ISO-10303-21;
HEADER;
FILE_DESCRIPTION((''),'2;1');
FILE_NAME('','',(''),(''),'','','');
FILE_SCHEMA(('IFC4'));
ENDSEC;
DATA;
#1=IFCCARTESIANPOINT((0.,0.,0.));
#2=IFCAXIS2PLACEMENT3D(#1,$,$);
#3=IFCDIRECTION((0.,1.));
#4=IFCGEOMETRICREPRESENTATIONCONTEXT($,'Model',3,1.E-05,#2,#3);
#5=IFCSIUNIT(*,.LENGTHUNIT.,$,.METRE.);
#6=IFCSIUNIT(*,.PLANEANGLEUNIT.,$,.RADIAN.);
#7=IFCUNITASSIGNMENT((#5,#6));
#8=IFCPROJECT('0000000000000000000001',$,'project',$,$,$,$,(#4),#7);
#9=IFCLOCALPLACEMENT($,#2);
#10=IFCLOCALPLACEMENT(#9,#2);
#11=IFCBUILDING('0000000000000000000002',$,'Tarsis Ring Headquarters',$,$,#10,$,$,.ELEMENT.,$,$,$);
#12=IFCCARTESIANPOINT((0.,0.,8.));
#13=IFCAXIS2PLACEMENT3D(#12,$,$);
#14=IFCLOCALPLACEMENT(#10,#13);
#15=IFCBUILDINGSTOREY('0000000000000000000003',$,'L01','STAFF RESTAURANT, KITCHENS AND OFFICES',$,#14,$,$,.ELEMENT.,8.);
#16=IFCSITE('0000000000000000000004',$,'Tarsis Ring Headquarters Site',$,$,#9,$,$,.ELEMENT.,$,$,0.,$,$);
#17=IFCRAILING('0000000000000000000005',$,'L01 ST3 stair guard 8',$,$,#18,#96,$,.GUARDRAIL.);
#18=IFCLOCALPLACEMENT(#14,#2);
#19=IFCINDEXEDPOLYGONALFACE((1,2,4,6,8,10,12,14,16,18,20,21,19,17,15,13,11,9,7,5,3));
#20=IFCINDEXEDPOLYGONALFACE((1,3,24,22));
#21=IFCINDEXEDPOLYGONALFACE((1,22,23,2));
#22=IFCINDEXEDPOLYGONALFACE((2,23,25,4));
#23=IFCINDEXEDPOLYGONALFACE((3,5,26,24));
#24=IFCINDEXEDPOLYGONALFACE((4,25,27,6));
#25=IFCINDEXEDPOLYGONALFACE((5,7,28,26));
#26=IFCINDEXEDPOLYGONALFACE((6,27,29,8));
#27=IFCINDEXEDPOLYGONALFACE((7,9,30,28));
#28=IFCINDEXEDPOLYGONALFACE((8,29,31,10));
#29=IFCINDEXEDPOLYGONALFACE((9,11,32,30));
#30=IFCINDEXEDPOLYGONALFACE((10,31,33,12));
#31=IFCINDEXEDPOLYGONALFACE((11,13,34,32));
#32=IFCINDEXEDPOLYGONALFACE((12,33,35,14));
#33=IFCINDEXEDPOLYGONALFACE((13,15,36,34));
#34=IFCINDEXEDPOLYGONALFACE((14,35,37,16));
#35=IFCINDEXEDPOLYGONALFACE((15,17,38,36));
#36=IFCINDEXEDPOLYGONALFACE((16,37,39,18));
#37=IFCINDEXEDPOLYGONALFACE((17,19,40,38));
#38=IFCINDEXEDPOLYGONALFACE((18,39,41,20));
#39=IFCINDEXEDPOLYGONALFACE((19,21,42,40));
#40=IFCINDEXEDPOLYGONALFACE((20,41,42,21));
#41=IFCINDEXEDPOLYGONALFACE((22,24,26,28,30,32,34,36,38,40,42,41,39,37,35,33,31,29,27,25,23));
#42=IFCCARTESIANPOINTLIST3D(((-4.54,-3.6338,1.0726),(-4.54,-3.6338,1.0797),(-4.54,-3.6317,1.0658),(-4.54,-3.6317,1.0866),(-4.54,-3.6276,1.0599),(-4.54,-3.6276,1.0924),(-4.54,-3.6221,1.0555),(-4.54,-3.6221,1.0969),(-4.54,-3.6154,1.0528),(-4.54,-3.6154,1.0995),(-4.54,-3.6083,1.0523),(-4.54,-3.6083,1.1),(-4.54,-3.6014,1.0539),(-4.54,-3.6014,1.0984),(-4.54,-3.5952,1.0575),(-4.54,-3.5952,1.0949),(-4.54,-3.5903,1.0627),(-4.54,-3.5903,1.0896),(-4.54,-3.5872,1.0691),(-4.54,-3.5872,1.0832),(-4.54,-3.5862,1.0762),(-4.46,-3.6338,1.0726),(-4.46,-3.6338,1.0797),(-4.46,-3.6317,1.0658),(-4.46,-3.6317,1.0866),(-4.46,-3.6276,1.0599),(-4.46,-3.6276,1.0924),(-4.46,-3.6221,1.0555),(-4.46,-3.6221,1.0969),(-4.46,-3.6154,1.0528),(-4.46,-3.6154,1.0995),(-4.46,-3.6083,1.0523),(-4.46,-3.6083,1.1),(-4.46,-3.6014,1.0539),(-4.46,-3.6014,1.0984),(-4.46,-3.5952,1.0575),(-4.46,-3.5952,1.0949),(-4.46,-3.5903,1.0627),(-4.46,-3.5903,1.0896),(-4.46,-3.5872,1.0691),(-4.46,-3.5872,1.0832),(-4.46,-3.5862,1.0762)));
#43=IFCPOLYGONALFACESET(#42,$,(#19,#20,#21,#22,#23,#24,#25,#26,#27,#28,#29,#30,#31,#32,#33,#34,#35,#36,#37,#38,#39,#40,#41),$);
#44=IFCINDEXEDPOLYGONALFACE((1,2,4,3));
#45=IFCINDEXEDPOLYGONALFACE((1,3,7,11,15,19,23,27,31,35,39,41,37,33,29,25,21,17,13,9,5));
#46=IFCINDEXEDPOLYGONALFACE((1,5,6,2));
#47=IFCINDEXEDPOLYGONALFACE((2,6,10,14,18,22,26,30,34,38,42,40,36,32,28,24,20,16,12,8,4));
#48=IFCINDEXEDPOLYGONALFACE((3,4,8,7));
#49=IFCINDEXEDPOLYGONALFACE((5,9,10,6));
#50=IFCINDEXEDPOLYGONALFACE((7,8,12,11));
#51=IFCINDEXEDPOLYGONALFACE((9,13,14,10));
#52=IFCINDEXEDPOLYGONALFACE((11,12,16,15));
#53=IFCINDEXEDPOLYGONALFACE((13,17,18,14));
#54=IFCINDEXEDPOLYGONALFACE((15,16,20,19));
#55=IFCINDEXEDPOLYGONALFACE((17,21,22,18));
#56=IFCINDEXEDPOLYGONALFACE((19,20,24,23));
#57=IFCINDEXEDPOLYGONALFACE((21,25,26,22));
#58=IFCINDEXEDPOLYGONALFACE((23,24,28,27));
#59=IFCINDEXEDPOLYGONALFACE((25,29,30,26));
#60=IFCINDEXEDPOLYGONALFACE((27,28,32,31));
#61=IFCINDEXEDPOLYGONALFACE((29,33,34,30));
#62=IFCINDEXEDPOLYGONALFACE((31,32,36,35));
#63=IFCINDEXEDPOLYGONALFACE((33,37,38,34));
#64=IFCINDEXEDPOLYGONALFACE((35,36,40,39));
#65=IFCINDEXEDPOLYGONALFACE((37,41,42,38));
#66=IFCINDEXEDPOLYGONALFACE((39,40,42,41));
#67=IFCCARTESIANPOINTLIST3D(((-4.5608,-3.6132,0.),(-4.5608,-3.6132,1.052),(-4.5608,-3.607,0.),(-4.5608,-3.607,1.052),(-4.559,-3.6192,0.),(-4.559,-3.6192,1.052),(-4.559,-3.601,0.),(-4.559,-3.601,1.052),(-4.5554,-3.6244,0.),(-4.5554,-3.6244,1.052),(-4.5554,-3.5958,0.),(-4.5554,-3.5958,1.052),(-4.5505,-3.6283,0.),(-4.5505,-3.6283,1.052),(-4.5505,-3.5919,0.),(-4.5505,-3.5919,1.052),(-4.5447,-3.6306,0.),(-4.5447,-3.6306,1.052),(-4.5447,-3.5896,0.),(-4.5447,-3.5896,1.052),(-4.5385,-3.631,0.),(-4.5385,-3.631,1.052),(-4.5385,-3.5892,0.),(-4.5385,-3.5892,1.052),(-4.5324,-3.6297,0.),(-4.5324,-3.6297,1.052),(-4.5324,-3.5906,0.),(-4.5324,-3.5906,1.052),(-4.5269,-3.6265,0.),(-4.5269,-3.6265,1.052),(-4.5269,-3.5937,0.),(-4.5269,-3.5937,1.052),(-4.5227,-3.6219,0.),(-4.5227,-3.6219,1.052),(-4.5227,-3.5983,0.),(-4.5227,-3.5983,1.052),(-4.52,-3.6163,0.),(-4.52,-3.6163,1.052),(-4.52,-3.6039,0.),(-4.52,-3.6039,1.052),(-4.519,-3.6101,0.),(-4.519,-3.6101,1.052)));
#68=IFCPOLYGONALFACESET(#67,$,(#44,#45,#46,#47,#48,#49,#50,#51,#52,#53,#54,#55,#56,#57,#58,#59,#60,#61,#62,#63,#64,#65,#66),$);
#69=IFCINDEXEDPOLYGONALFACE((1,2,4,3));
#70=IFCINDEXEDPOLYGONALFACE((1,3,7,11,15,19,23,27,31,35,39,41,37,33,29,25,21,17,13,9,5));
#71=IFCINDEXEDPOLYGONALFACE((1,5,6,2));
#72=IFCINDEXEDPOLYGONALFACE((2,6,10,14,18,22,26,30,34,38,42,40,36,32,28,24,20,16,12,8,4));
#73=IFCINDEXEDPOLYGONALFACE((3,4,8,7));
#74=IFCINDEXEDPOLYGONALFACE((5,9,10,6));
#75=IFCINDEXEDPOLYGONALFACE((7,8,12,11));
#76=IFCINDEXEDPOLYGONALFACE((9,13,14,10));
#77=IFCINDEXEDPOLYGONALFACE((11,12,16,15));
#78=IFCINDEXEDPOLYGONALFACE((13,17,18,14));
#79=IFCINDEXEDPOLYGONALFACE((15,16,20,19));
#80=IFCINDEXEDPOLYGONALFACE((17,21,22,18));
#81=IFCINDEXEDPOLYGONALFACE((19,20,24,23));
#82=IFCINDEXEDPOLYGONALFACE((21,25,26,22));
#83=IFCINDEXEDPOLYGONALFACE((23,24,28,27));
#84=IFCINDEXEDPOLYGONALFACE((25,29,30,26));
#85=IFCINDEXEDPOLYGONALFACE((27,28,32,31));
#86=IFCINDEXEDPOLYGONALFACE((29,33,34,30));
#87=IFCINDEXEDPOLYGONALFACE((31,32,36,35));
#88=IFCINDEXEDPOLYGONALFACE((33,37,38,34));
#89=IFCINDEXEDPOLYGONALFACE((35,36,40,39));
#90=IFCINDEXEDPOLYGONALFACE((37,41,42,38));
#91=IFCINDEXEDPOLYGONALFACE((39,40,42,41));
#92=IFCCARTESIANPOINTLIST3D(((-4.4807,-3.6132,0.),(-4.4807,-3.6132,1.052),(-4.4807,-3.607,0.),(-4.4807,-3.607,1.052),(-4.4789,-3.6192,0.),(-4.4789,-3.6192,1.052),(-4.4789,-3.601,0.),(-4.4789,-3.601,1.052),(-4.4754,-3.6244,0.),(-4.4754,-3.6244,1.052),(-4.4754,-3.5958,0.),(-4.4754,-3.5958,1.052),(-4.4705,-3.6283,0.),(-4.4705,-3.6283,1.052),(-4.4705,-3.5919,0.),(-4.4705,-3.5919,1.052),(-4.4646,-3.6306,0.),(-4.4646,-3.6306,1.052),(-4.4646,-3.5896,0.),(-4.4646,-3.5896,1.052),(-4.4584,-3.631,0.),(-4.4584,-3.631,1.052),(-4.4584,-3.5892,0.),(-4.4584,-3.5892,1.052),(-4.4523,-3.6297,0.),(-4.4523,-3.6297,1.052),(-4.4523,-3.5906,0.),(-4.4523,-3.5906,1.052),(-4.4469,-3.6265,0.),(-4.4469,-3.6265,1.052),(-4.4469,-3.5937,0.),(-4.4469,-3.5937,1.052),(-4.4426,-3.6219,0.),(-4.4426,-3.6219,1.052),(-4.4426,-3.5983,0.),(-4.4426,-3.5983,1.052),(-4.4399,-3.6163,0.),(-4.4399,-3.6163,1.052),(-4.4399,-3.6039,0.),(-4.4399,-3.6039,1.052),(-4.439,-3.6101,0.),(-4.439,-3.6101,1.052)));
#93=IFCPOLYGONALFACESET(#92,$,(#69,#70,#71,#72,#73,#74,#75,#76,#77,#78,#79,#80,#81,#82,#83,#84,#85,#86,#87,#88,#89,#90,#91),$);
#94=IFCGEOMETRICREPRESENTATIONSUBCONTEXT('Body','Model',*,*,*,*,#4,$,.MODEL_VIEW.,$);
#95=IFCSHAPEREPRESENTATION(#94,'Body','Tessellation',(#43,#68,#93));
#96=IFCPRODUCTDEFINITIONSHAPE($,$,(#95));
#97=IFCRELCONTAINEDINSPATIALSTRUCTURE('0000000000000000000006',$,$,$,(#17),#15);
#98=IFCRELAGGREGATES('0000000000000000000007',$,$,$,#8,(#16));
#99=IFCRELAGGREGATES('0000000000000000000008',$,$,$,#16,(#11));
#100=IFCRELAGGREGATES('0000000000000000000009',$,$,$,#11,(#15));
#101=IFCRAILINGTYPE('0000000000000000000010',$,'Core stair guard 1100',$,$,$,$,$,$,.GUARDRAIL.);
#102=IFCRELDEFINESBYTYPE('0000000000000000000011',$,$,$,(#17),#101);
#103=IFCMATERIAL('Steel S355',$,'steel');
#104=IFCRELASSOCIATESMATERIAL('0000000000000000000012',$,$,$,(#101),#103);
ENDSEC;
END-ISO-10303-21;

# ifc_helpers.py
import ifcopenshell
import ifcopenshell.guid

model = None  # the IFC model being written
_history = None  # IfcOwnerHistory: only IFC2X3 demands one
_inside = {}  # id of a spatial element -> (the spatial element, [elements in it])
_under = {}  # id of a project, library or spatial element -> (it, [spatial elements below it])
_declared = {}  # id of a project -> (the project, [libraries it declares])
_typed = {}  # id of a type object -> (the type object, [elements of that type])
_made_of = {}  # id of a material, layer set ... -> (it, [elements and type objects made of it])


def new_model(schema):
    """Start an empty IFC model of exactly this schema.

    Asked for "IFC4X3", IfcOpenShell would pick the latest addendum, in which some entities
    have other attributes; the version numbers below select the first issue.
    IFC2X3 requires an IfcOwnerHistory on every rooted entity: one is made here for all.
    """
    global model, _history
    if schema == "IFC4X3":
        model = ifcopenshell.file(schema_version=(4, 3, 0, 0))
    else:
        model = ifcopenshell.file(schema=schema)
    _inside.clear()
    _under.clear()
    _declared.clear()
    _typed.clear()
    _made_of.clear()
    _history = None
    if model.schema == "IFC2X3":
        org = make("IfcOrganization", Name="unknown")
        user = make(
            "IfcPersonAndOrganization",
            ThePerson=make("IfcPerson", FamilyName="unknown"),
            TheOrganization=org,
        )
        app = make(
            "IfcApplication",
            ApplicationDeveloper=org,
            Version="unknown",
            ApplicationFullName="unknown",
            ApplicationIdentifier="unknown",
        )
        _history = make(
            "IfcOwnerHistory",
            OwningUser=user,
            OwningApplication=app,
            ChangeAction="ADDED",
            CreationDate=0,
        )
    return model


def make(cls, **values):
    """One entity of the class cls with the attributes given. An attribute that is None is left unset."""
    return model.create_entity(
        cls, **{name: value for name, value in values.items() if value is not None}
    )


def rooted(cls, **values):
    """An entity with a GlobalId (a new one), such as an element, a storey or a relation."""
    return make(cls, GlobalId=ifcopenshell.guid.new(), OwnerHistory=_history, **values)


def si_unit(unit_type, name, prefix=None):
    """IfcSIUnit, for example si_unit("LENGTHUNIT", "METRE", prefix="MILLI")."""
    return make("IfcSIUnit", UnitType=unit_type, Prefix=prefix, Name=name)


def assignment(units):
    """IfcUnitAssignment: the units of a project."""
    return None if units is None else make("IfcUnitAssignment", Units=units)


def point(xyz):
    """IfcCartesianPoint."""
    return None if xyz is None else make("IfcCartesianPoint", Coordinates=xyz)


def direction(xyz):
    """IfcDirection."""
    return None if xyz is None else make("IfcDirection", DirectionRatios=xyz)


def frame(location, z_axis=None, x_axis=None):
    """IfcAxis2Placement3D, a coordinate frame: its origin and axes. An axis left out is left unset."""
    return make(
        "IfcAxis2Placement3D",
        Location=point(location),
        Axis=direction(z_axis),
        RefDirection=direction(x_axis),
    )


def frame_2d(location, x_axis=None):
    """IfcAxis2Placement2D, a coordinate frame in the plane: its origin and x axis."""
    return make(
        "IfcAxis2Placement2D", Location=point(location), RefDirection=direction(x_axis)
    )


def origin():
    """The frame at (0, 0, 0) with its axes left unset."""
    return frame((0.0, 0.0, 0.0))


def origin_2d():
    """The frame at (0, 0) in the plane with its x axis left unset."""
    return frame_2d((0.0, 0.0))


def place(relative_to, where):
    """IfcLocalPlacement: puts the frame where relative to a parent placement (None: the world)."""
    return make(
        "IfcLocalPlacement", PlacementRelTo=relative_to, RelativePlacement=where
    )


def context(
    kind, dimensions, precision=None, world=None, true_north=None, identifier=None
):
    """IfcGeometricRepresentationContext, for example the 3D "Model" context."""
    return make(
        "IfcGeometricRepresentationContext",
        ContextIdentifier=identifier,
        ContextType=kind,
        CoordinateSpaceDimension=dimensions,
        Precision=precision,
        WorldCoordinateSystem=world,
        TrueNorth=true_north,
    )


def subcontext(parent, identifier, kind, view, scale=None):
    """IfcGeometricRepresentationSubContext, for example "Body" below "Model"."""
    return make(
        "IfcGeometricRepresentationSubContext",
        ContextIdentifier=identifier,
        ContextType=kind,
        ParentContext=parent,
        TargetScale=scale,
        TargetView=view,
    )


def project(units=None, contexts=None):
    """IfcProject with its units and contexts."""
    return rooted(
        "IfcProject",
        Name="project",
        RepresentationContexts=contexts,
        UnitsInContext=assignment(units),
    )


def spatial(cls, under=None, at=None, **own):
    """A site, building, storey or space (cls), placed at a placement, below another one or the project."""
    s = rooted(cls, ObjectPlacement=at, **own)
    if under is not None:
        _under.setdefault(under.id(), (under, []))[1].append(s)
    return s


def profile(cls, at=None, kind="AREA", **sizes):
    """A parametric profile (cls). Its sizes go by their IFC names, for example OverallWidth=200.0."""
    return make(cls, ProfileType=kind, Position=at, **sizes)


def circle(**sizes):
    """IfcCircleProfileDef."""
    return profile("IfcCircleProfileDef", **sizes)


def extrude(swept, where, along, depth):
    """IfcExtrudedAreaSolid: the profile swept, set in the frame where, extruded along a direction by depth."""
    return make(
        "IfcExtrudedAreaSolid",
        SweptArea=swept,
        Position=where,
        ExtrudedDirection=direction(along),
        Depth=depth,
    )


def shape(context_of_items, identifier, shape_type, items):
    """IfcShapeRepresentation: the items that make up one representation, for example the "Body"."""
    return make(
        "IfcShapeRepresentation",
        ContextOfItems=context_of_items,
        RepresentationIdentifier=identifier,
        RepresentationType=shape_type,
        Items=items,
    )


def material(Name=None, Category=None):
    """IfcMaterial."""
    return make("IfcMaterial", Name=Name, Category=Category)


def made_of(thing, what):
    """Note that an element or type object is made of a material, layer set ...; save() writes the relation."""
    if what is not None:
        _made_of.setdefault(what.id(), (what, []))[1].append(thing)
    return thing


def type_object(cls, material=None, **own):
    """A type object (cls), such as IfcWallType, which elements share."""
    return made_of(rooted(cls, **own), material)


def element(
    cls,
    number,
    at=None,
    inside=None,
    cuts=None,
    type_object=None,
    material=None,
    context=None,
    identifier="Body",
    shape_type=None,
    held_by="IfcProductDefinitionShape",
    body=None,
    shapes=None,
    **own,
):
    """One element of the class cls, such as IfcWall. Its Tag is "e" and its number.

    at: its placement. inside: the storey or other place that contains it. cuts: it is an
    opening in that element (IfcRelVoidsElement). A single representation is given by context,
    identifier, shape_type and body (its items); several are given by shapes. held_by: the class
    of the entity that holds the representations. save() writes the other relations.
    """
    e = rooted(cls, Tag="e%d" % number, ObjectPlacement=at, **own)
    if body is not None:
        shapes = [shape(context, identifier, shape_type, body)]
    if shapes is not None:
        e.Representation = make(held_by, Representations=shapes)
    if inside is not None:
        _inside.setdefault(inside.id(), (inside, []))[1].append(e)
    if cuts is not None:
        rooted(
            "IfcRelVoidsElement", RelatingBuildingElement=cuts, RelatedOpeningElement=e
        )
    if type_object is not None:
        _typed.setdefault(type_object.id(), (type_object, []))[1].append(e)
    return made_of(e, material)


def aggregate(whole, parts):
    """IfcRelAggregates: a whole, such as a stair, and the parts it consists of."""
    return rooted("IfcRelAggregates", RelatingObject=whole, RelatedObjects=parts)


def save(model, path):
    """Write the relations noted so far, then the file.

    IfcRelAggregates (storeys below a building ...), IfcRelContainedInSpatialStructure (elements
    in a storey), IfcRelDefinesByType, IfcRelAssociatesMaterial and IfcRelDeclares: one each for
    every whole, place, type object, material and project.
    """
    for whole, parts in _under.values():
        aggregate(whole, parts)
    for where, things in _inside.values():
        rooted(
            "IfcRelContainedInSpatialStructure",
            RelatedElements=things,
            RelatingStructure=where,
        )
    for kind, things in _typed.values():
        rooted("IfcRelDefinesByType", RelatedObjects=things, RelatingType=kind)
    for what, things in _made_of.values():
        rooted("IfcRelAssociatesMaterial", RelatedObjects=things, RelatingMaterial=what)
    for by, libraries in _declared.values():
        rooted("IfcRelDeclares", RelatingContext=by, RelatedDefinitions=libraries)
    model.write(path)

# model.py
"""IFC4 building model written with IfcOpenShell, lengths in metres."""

from ifc_helpers import new_model, si_unit, direction, frame, origin, origin_2d, place, context, subcontext, project, spatial, circle, extrude, material, type_object, element, save


model = new_model("IFC4")

# Units and contexts
model_context = context("Model", 3, precision=1e-05, world=origin(), true_north=direction((0.0, 1.0)))
body_context = subcontext(model_context, "Body", "Model", "MODEL_VIEW")
ifc_project = project(units=[si_unit("LENGTHUNIT", "METRE"), si_unit("PLANEANGLEUNIT", "RADIAN")], contexts=[model_context])

# Site, building, storey
site_placement = place(None, origin())
site = spatial("IfcSite", under=ifc_project, at=site_placement, Name="Tarsis Ring Headquarters Site", CompositionType="ELEMENT", RefElevation=0.0)
building_placement = place(site_placement, origin())
building = spatial("IfcBuilding", under=site, at=building_placement, Name="Tarsis Ring Headquarters", CompositionType="ELEMENT")
storey_placement = place(building_placement, frame((0.0, 0.0, 8.0)))
storey = spatial("IfcBuildingStorey", under=building, at=storey_placement, Name="L01", Description="STAFF RESTAURANT, KITCHENS AND OFFICES", CompositionType="ELEMENT", Elevation=8.0)

# Shared definitions
ifc_material_1 = material(Name="Steel S355", Category="steel")

# Railing
railing_type_1 = type_object("IfcRailingType", Name="Core stair guard 1100", PredefinedType="GUARDRAIL", material=ifc_material_1)
railing_1_placement = place(storey_placement, frame((-4.54, -3.6101, 0.0)))
element("IfcRailing", 1, at=railing_1_placement, inside=storey, type_object=railing_type_1, Name="L01 ST3 stair guard 8", PredefinedType="GUARDRAIL", context=body_context, shape_type="SweptSolid", body=[
    extrude(circle(Radius=0.0239, at=origin_2d()), frame((0.0, 0.0, 1.0762), z_axis=(1.0, 0.0, 0.0), x_axis=(0.0, 1.0, 0.0)), (0.0, 0.0, 1.0), 0.0801),
    extrude(circle(Radius=0.021, at=origin_2d()), origin(), (0.0, 0.0, 1.0), 1.052),
    extrude(circle(Radius=0.021, at=origin_2d()), frame((0.0801, 0.0, 0.0)), (0.0, 0.0, 1.0), 1.052),
])

save(model, "model.ifc")
